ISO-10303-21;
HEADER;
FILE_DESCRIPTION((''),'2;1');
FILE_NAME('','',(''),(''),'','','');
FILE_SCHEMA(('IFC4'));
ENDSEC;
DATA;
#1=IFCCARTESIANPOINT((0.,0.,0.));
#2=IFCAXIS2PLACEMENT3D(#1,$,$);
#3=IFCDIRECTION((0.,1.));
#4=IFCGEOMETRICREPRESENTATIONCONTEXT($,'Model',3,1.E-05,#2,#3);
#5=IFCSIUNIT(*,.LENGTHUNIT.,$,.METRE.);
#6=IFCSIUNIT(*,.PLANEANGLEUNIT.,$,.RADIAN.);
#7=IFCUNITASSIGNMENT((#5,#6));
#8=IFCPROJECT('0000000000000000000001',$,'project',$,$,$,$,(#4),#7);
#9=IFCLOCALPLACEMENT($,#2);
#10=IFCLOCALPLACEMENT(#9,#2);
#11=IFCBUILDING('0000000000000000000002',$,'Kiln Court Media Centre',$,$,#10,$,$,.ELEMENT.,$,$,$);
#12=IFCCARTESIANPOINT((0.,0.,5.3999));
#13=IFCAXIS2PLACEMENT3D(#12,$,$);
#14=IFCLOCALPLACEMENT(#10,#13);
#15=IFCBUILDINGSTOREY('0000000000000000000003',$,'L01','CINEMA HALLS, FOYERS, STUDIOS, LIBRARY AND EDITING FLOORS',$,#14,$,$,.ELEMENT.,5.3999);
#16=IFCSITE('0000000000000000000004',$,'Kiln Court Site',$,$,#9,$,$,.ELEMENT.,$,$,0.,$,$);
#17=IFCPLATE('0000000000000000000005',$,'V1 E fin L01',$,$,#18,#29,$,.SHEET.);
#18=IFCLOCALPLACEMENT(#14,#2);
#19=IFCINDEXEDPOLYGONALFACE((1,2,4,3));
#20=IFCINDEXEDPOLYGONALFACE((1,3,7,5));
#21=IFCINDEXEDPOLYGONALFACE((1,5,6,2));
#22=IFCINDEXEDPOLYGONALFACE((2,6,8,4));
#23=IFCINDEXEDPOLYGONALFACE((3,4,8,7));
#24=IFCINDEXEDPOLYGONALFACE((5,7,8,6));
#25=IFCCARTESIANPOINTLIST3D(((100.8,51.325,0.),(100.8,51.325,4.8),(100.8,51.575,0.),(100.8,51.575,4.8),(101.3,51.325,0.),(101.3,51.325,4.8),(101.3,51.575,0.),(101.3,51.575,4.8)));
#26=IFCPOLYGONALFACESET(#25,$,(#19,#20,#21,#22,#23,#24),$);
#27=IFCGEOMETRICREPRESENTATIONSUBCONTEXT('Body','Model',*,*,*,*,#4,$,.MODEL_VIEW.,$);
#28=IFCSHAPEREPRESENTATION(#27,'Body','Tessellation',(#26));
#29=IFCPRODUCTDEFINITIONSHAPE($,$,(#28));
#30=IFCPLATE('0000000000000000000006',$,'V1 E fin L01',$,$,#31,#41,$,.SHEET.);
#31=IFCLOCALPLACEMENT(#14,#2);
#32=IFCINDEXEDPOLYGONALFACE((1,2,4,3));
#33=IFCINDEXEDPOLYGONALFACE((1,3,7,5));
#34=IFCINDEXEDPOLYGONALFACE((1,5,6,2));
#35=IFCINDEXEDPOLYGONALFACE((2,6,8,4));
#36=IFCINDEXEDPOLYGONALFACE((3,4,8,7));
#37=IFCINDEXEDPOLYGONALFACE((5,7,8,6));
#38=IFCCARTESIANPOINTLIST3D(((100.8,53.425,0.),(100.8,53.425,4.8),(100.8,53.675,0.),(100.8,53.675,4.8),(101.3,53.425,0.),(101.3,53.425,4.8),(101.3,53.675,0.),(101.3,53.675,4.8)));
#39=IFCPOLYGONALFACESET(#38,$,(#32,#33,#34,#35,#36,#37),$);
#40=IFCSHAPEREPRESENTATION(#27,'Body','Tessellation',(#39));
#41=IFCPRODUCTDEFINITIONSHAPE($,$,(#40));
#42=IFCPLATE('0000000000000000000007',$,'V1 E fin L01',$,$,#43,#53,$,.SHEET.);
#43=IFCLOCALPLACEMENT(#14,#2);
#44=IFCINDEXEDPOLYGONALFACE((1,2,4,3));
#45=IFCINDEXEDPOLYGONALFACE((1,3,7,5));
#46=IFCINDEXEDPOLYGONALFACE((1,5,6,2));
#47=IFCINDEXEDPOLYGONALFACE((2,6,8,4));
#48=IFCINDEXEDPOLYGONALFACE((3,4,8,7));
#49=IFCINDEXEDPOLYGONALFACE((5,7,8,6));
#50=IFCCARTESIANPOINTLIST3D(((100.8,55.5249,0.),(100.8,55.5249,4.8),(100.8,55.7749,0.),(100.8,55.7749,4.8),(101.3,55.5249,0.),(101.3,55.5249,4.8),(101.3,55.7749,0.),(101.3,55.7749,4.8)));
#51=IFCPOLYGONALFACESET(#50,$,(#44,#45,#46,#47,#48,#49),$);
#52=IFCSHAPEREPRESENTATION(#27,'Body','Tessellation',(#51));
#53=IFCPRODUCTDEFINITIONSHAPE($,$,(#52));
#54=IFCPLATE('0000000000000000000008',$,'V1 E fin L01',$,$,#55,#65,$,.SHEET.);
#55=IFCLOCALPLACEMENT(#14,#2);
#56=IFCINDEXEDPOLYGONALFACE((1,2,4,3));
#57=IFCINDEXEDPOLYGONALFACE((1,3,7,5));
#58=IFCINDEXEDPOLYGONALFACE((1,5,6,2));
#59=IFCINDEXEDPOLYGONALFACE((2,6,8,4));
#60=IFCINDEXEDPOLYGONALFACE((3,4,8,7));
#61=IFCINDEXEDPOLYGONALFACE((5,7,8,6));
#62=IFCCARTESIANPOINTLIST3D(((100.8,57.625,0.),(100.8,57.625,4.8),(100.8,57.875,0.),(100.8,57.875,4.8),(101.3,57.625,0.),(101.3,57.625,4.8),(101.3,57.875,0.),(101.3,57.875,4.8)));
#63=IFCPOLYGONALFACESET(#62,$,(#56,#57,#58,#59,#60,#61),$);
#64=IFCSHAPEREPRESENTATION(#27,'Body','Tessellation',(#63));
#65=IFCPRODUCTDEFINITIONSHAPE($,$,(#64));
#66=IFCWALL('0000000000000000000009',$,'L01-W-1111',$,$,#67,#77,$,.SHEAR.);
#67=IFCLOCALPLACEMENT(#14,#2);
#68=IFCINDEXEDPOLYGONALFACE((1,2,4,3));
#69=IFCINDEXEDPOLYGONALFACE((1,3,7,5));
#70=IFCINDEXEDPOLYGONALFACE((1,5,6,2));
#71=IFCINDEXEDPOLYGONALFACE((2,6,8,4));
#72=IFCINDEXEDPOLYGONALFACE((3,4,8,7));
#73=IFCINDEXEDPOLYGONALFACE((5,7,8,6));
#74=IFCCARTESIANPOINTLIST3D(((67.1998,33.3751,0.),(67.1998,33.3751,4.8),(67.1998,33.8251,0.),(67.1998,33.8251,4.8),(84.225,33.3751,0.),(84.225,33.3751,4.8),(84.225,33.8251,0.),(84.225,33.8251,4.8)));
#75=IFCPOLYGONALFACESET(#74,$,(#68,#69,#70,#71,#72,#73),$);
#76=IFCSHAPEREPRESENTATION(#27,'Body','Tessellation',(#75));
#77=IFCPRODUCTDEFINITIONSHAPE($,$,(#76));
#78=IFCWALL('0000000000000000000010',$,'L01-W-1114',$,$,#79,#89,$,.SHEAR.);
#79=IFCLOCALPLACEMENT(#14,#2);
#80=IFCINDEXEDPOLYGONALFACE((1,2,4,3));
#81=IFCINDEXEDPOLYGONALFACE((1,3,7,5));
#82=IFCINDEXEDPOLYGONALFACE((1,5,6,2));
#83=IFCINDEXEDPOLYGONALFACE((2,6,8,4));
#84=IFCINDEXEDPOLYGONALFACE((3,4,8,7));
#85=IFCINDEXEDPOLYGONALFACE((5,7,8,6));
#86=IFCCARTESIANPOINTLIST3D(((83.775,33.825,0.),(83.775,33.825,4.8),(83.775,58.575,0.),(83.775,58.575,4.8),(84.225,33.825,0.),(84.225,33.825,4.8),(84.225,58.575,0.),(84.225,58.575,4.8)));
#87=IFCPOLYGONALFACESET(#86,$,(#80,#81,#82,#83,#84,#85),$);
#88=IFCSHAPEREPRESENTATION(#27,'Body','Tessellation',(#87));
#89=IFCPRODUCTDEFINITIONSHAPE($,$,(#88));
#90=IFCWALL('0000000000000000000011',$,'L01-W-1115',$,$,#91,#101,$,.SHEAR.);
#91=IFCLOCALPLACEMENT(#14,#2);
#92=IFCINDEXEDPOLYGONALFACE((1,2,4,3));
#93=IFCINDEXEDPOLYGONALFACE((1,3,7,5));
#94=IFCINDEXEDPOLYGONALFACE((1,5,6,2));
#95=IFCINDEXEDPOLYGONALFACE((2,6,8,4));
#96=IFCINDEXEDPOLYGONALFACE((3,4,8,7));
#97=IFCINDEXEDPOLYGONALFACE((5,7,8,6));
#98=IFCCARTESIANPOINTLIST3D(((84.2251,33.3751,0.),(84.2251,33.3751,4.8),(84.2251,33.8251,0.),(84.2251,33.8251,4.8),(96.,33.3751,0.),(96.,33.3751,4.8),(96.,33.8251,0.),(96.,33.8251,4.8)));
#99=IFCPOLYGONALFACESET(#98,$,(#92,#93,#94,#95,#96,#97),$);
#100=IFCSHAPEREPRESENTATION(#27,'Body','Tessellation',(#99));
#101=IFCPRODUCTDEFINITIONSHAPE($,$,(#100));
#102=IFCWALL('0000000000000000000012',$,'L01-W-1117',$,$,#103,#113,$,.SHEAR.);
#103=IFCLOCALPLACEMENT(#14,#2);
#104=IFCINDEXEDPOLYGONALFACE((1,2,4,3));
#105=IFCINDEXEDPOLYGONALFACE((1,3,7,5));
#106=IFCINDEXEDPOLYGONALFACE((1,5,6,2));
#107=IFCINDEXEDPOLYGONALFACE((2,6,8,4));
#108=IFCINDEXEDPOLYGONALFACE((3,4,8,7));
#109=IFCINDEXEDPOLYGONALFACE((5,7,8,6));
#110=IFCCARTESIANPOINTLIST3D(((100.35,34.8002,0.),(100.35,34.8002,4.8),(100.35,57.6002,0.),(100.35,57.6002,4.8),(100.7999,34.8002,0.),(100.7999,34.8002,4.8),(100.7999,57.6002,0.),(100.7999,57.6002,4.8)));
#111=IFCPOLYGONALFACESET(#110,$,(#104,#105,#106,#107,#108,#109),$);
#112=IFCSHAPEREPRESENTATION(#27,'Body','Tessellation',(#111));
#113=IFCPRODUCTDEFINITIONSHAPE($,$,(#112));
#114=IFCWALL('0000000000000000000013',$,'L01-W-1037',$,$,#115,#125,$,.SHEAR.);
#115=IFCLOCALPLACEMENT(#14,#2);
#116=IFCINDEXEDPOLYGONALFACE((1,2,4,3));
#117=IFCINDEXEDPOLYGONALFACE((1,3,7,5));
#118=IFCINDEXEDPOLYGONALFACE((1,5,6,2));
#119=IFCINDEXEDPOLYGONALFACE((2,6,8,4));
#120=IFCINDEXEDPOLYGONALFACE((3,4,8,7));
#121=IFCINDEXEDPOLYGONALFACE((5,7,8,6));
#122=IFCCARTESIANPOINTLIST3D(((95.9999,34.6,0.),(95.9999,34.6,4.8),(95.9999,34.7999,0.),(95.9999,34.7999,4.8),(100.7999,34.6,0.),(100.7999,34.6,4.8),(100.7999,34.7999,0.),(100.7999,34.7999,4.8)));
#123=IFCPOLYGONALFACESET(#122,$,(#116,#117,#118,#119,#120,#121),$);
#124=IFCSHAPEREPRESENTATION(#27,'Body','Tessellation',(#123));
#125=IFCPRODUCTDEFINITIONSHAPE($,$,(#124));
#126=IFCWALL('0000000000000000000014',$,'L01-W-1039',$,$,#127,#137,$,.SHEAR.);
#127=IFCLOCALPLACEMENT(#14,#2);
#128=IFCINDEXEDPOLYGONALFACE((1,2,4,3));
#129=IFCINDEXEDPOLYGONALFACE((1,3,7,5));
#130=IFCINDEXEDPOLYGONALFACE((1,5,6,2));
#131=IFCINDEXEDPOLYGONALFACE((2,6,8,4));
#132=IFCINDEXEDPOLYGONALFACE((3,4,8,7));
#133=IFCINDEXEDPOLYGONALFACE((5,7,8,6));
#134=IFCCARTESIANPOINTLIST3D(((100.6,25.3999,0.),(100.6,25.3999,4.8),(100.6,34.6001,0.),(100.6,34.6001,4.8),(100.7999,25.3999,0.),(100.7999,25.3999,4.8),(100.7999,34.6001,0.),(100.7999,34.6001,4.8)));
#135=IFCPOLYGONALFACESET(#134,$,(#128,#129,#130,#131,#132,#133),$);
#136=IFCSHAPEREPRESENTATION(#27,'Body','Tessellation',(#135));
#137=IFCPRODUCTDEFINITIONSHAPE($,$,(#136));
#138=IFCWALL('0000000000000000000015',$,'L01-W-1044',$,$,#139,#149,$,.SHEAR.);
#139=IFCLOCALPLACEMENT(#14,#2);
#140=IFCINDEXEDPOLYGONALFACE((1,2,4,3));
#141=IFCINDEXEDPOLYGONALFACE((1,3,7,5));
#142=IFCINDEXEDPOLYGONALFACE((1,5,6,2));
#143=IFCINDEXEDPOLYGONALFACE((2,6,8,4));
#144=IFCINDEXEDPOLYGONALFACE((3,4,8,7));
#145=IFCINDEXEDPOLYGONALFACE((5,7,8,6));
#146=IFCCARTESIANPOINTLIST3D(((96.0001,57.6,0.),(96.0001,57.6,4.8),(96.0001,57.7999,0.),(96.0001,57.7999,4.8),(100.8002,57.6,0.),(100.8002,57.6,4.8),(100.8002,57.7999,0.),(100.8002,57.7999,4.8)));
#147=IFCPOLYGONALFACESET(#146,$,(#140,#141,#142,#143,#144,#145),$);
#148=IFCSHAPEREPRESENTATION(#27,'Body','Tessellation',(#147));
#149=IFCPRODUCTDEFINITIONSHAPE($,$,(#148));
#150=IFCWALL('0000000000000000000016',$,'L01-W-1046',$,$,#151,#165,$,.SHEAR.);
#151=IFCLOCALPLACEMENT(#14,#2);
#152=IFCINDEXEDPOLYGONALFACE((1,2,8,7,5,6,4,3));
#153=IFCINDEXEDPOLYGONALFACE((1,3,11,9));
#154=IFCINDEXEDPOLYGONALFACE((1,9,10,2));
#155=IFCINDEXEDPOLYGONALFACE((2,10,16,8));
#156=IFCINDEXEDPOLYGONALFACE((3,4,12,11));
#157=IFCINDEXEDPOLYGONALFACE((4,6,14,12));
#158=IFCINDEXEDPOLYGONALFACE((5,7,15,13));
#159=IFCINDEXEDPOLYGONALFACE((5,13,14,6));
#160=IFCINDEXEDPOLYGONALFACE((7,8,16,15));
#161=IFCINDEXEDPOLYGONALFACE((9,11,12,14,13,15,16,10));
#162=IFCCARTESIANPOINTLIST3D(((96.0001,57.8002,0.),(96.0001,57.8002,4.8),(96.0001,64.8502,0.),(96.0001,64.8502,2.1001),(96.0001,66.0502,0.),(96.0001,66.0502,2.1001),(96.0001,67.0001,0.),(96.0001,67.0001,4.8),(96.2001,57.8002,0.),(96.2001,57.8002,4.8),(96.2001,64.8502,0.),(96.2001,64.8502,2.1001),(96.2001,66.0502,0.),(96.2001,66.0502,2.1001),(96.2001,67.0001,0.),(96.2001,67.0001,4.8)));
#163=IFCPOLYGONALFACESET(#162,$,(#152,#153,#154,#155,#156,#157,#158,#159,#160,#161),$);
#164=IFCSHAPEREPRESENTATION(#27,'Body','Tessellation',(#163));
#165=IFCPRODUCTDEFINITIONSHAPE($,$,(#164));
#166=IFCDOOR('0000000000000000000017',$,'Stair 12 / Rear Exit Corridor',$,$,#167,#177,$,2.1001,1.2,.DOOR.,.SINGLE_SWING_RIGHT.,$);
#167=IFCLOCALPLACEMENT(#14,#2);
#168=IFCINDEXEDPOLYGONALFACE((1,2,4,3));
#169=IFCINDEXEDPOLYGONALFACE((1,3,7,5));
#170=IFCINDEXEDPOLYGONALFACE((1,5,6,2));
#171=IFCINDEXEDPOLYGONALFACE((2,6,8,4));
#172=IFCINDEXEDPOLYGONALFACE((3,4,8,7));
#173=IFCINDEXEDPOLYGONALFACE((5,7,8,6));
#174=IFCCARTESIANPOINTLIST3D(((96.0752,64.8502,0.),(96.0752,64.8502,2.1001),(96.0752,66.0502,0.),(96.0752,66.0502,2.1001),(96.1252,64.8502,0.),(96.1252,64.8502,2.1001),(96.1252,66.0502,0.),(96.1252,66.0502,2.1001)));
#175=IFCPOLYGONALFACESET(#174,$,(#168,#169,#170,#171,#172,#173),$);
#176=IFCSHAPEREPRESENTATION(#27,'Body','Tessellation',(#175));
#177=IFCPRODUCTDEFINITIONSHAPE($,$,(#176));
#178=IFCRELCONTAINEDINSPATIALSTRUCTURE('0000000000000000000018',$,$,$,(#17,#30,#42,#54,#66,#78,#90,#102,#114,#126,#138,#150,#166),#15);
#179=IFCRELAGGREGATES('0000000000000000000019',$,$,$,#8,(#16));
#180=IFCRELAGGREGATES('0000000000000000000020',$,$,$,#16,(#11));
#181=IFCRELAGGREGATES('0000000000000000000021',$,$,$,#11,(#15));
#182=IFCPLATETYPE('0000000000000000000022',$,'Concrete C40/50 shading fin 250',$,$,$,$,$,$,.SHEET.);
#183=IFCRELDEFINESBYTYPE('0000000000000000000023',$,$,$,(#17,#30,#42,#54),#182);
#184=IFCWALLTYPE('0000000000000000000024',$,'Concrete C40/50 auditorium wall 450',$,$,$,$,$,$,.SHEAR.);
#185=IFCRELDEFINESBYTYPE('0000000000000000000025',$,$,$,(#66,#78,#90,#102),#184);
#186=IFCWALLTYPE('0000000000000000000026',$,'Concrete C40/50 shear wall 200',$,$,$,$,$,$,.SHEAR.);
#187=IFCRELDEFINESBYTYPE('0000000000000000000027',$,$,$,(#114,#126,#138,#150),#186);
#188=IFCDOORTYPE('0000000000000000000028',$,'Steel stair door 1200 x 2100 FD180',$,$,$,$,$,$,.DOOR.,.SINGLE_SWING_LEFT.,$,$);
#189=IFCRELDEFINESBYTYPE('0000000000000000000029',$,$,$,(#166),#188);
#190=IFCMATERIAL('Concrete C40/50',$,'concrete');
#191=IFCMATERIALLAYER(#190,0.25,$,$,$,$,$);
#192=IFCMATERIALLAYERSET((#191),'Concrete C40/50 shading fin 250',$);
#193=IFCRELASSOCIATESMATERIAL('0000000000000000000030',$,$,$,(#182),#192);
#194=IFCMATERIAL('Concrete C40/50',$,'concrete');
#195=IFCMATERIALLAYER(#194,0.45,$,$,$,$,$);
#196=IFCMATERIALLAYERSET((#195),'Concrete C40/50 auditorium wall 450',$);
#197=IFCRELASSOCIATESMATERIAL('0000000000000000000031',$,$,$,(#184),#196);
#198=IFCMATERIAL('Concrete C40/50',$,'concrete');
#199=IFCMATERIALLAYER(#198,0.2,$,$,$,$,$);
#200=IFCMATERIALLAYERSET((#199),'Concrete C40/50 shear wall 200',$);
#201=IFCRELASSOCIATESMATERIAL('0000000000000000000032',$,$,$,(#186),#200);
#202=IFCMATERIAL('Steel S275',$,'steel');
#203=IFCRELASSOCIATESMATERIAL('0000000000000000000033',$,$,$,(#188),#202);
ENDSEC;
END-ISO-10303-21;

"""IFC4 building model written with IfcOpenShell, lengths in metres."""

from ifc_helpers import new_model, si_unit, direction, frame, frame_2d, origin, origin_2d, place, context, subcontext, project, spatial, rectangle, extrude, material, layer, layer_set, type_object, element, fill, save


model = new_model("IFC4")

# Units and contexts
model_context = context("Model", 3, precision=1e-05, world=origin(), true_north=direction((0.0, 1.0)))
body_context = subcontext(model_context, "Body", "Model", "MODEL_VIEW")
ifc_project = project(units=[si_unit("LENGTHUNIT", "METRE"), si_unit("PLANEANGLEUNIT", "RADIAN")], contexts=[model_context])

# Site, building, storey
site_placement = place(None, origin())
site = spatial("IfcSite", under=ifc_project, at=site_placement, Name="Kiln Court Site", CompositionType="ELEMENT", RefElevation=0.0)
building_placement = place(site_placement, origin())
building = spatial("IfcBuilding", under=site, at=building_placement, Name="Kiln Court Media Centre", CompositionType="ELEMENT")
storey_placement = place(building_placement, frame((0.0, 0.0, 5.3999)))
storey = spatial("IfcBuildingStorey", under=building, at=storey_placement, Name="L01", Description="CINEMA HALLS, FOYERS, STUDIOS, LIBRARY AND EDITING FLOORS", CompositionType="ELEMENT", Elevation=5.3999)

# Plates
ifc_material_1 = material(Name="Concrete C40/50", Category="concrete")
ifc_layer_1 = layer(ifc_material_1, 0.25)
ifc_layer_set_1 = layer_set([ifc_layer_1], Name="Concrete C40/50 shading fin 250")
plate_type = type_object("IfcPlateType", Name="Concrete C40/50 shading fin 250", PredefinedType="SHEET", material=ifc_layer_set_1)
for number, where, z_axis, x_axis, name in (
    (1, (101.05, 51.45, 0.0), (0.0, 0.0, 1.0), (1.0, 0.0, 0.0), "V1 E fin L01"),
    (2, (101.05, 53.55, 0.0), (0.0, 0.0, 1.0), (1.0, 0.0, 0.0), "V1 E fin L01"),
    (3, (101.05, 55.6499, 0.0), (0.0, 0.0, 1.0), (1.0, 0.0, 0.0), "V1 E fin L01"),
    (4, (101.05, 57.75, 0.0), (0.0, 0.0, 1.0), (1.0, 0.0, 0.0), "V1 E fin L01"),
):
    element("IfcPlate", number, at=place(storey_placement, frame(where, z_axis=z_axis, x_axis=x_axis)), inside=storey, type_object=plate_type, Name=name, PredefinedType="SHEET", context=body_context, shape_type="SweptSolid", body=[
        extrude(rectangle(XDim=0.5, YDim=0.25, at=origin_2d()), origin(), (0.0, 0.0, 1.0), 4.8),
    ])

# Walls
ifc_material_2 = material(Name="Concrete C40/50", Category="concrete")
ifc_layer_2 = layer(ifc_material_2, 0.45)
ifc_layer_set_2 = layer_set([ifc_layer_2], Name="Concrete C40/50 auditorium wall 450")
wall_type_1 = type_object("IfcWallType", Name="Concrete C40/50 auditorium wall 450", PredefinedType="SHEAR", material=ifc_layer_set_2)
wall_1_placement = place(storey_placement, frame((84.2251, 33.6001, 0.0), z_axis=(0.0, 0.0, 1.0), x_axis=(-1.0, 0.0, 0.0)))
element("IfcWall", 5, at=wall_1_placement, inside=storey, type_object=wall_type_1, Name="L01-W-1111", PredefinedType="SHEAR", context=body_context, shape_type="SweptSolid", body=[
    extrude(rectangle(XDim=17.0251, YDim=0.45, at=frame_2d((8.5127, 0.0))), origin(), (0.0, 0.0, 1.0), 4.8),
])
wall_2_placement = place(storey_placement, frame((84.0, 58.575, 0.0), z_axis=(0.0, 0.0, 1.0), x_axis=(0.0, -1.0, 0.0)))
element("IfcWall", 6, at=wall_2_placement, inside=storey, type_object=wall_type_1, Name="L01-W-1114", PredefinedType="SHEAR", context=body_context, shape_type="SweptSolid", body=[
    extrude(rectangle(XDim=24.75, YDim=0.45, at=frame_2d((12.375, 0.0))), origin(), (0.0, 0.0, 1.0), 4.8),
])
wall_3_placement = place(storey_placement, frame((96.0, 33.6001, 0.0), z_axis=(0.0, 0.0, 1.0), x_axis=(-1.0, 0.0, 0.0)))
element("IfcWall", 7, at=wall_3_placement, inside=storey, type_object=wall_type_1, Name="L01-W-1115", PredefinedType="SHEAR", context=body_context, shape_type="SweptSolid", body=[
    extrude(rectangle(XDim=11.7749, YDim=0.45, at=frame_2d((5.8875, 0.0))), origin(), (0.0, 0.0, 1.0), 4.8),
])
wall_4_placement = place(storey_placement, frame((100.575, 57.6001, 0.0), z_axis=(0.0, 0.0, 1.0), x_axis=(0.0, -1.0, 0.0)))
element("IfcWall", 8, at=wall_4_placement, inside=storey, type_object=wall_type_1, Name="L01-W-1117", PredefinedType="SHEAR", context=body_context, shape_type="SweptSolid", body=[
    extrude(rectangle(XDim=22.8, YDim=0.45, at=frame_2d((11.3999, 0.0))), origin(), (0.0, 0.0, 1.0), 4.8),
])
ifc_material_3 = material(Name="Concrete C40/50", Category="concrete")
ifc_layer_3 = layer(ifc_material_3, 0.2)
ifc_layer_set_3 = layer_set([ifc_layer_3], Name="Concrete C40/50 shear wall 200")
wall_type_2 = type_object("IfcWallType", Name="Concrete C40/50 shear wall 200", PredefinedType="SHEAR", material=ifc_layer_set_3)
wall_5_placement = place(storey_placement, frame((96.0, 34.7, 0.0), z_axis=(0.0, 0.0, 1.0), x_axis=(1.0, 0.0, 0.0)))
element("IfcWall", 9, at=wall_5_placement, inside=storey, type_object=wall_type_2, Name="L01-W-1037", PredefinedType="SHEAR", context=body_context, shape_type="SweptSolid", body=[
    extrude(rectangle(XDim=4.8, YDim=0.2, at=frame_2d((2.3999, 0.0))), origin(), (0.0, 0.0, 1.0), 4.8),
])
wall_6_placement = place(storey_placement, frame((100.7, 34.6001, 0.0), z_axis=(0.0, 0.0, 1.0), x_axis=(0.0, -1.0, 0.0)))
element("IfcWall", 10, at=wall_6_placement, inside=storey, type_object=wall_type_2, Name="L01-W-1039", PredefinedType="SHEAR", context=body_context, shape_type="SweptSolid", body=[
    extrude(rectangle(XDim=9.2002, YDim=0.2, at=frame_2d((4.6001, 0.0))), origin(), (0.0, 0.0, 1.0), 4.8),
])
wall_7_placement = place(storey_placement, frame((100.8, 57.7, 0.0), z_axis=(0.0, 0.0, 1.0), x_axis=(-1.0, 0.0, 0.0)))
element("IfcWall", 11, at=wall_7_placement, inside=storey, type_object=wall_type_2, Name="L01-W-1044", PredefinedType="SHEAR", context=body_context, shape_type="SweptSolid", body=[
    extrude(rectangle(XDim=4.8, YDim=0.2, at=frame_2d((2.3999, 0.0))), origin(), (0.0, 0.0, 1.0), 4.8),
])

# Wall, opening, door
wall_8_placement = place(storey_placement, frame((96.1001, 57.8, 0.0), z_axis=(0.0, 0.0, 1.0), x_axis=(0.0, 1.0, 0.0)))
wall_8 = element("IfcWall", 12, at=wall_8_placement, inside=storey, type_object=wall_type_2, Name="L01-W-1046", PredefinedType="SHEAR", context=body_context, shape_type="SweptSolid", body=[
    extrude(rectangle(XDim=9.2, YDim=0.2, at=frame_2d((4.6001, 0.0))), origin(), (0.0, 0.0, 1.0), 4.8),
])
opening_placement = place(wall_8_placement, frame((7.05, 0.0, 0.0)))
opening = element("IfcOpeningElement", 13, at=opening_placement, cuts=wall_8, PredefinedType="OPENING", context=body_context, shape_type="SweptSolid", body=[
    extrude(rectangle(XDim=1.2, YDim=2.1001, at=frame_2d((0.6001, 1.05))), frame((0.0, 0.1099, 0.0), z_axis=(0.0, -1.0, 0.0), x_axis=(1.0, 0.0, 0.0)), (0.0, 0.0, 1.0), 0.22),
])
ifc_material_4 = material(Name="Steel S275", Category="steel")
door_type = type_object("IfcDoorType", Name="Steel stair door 1200 x 2100 FD180", OperationType="SINGLE_SWING_LEFT", PredefinedType="DOOR", material=ifc_material_4)
door_placement = place(opening_placement, origin())
door = element("IfcDoor", 14, at=door_placement, inside=storey, type_object=door_type, Name="Stair 12 / Rear Exit Corridor", OperationType="SINGLE_SWING_RIGHT", OverallHeight=2.1001, OverallWidth=1.2, PredefinedType="DOOR", context=body_context, shape_type="SweptSolid", body=[
    extrude(rectangle(XDim=1.2, YDim=2.1001, at=frame_2d((0.6001, 1.05))), frame((0.0, 0.0249, 0.0), z_axis=(0.0, -1.0, 0.0), x_axis=(1.0, 0.0, 0.0)), (0.0, 0.0, 1.0), 0.05),
])
fill(opening, door)

save(model, "model.ifc")
